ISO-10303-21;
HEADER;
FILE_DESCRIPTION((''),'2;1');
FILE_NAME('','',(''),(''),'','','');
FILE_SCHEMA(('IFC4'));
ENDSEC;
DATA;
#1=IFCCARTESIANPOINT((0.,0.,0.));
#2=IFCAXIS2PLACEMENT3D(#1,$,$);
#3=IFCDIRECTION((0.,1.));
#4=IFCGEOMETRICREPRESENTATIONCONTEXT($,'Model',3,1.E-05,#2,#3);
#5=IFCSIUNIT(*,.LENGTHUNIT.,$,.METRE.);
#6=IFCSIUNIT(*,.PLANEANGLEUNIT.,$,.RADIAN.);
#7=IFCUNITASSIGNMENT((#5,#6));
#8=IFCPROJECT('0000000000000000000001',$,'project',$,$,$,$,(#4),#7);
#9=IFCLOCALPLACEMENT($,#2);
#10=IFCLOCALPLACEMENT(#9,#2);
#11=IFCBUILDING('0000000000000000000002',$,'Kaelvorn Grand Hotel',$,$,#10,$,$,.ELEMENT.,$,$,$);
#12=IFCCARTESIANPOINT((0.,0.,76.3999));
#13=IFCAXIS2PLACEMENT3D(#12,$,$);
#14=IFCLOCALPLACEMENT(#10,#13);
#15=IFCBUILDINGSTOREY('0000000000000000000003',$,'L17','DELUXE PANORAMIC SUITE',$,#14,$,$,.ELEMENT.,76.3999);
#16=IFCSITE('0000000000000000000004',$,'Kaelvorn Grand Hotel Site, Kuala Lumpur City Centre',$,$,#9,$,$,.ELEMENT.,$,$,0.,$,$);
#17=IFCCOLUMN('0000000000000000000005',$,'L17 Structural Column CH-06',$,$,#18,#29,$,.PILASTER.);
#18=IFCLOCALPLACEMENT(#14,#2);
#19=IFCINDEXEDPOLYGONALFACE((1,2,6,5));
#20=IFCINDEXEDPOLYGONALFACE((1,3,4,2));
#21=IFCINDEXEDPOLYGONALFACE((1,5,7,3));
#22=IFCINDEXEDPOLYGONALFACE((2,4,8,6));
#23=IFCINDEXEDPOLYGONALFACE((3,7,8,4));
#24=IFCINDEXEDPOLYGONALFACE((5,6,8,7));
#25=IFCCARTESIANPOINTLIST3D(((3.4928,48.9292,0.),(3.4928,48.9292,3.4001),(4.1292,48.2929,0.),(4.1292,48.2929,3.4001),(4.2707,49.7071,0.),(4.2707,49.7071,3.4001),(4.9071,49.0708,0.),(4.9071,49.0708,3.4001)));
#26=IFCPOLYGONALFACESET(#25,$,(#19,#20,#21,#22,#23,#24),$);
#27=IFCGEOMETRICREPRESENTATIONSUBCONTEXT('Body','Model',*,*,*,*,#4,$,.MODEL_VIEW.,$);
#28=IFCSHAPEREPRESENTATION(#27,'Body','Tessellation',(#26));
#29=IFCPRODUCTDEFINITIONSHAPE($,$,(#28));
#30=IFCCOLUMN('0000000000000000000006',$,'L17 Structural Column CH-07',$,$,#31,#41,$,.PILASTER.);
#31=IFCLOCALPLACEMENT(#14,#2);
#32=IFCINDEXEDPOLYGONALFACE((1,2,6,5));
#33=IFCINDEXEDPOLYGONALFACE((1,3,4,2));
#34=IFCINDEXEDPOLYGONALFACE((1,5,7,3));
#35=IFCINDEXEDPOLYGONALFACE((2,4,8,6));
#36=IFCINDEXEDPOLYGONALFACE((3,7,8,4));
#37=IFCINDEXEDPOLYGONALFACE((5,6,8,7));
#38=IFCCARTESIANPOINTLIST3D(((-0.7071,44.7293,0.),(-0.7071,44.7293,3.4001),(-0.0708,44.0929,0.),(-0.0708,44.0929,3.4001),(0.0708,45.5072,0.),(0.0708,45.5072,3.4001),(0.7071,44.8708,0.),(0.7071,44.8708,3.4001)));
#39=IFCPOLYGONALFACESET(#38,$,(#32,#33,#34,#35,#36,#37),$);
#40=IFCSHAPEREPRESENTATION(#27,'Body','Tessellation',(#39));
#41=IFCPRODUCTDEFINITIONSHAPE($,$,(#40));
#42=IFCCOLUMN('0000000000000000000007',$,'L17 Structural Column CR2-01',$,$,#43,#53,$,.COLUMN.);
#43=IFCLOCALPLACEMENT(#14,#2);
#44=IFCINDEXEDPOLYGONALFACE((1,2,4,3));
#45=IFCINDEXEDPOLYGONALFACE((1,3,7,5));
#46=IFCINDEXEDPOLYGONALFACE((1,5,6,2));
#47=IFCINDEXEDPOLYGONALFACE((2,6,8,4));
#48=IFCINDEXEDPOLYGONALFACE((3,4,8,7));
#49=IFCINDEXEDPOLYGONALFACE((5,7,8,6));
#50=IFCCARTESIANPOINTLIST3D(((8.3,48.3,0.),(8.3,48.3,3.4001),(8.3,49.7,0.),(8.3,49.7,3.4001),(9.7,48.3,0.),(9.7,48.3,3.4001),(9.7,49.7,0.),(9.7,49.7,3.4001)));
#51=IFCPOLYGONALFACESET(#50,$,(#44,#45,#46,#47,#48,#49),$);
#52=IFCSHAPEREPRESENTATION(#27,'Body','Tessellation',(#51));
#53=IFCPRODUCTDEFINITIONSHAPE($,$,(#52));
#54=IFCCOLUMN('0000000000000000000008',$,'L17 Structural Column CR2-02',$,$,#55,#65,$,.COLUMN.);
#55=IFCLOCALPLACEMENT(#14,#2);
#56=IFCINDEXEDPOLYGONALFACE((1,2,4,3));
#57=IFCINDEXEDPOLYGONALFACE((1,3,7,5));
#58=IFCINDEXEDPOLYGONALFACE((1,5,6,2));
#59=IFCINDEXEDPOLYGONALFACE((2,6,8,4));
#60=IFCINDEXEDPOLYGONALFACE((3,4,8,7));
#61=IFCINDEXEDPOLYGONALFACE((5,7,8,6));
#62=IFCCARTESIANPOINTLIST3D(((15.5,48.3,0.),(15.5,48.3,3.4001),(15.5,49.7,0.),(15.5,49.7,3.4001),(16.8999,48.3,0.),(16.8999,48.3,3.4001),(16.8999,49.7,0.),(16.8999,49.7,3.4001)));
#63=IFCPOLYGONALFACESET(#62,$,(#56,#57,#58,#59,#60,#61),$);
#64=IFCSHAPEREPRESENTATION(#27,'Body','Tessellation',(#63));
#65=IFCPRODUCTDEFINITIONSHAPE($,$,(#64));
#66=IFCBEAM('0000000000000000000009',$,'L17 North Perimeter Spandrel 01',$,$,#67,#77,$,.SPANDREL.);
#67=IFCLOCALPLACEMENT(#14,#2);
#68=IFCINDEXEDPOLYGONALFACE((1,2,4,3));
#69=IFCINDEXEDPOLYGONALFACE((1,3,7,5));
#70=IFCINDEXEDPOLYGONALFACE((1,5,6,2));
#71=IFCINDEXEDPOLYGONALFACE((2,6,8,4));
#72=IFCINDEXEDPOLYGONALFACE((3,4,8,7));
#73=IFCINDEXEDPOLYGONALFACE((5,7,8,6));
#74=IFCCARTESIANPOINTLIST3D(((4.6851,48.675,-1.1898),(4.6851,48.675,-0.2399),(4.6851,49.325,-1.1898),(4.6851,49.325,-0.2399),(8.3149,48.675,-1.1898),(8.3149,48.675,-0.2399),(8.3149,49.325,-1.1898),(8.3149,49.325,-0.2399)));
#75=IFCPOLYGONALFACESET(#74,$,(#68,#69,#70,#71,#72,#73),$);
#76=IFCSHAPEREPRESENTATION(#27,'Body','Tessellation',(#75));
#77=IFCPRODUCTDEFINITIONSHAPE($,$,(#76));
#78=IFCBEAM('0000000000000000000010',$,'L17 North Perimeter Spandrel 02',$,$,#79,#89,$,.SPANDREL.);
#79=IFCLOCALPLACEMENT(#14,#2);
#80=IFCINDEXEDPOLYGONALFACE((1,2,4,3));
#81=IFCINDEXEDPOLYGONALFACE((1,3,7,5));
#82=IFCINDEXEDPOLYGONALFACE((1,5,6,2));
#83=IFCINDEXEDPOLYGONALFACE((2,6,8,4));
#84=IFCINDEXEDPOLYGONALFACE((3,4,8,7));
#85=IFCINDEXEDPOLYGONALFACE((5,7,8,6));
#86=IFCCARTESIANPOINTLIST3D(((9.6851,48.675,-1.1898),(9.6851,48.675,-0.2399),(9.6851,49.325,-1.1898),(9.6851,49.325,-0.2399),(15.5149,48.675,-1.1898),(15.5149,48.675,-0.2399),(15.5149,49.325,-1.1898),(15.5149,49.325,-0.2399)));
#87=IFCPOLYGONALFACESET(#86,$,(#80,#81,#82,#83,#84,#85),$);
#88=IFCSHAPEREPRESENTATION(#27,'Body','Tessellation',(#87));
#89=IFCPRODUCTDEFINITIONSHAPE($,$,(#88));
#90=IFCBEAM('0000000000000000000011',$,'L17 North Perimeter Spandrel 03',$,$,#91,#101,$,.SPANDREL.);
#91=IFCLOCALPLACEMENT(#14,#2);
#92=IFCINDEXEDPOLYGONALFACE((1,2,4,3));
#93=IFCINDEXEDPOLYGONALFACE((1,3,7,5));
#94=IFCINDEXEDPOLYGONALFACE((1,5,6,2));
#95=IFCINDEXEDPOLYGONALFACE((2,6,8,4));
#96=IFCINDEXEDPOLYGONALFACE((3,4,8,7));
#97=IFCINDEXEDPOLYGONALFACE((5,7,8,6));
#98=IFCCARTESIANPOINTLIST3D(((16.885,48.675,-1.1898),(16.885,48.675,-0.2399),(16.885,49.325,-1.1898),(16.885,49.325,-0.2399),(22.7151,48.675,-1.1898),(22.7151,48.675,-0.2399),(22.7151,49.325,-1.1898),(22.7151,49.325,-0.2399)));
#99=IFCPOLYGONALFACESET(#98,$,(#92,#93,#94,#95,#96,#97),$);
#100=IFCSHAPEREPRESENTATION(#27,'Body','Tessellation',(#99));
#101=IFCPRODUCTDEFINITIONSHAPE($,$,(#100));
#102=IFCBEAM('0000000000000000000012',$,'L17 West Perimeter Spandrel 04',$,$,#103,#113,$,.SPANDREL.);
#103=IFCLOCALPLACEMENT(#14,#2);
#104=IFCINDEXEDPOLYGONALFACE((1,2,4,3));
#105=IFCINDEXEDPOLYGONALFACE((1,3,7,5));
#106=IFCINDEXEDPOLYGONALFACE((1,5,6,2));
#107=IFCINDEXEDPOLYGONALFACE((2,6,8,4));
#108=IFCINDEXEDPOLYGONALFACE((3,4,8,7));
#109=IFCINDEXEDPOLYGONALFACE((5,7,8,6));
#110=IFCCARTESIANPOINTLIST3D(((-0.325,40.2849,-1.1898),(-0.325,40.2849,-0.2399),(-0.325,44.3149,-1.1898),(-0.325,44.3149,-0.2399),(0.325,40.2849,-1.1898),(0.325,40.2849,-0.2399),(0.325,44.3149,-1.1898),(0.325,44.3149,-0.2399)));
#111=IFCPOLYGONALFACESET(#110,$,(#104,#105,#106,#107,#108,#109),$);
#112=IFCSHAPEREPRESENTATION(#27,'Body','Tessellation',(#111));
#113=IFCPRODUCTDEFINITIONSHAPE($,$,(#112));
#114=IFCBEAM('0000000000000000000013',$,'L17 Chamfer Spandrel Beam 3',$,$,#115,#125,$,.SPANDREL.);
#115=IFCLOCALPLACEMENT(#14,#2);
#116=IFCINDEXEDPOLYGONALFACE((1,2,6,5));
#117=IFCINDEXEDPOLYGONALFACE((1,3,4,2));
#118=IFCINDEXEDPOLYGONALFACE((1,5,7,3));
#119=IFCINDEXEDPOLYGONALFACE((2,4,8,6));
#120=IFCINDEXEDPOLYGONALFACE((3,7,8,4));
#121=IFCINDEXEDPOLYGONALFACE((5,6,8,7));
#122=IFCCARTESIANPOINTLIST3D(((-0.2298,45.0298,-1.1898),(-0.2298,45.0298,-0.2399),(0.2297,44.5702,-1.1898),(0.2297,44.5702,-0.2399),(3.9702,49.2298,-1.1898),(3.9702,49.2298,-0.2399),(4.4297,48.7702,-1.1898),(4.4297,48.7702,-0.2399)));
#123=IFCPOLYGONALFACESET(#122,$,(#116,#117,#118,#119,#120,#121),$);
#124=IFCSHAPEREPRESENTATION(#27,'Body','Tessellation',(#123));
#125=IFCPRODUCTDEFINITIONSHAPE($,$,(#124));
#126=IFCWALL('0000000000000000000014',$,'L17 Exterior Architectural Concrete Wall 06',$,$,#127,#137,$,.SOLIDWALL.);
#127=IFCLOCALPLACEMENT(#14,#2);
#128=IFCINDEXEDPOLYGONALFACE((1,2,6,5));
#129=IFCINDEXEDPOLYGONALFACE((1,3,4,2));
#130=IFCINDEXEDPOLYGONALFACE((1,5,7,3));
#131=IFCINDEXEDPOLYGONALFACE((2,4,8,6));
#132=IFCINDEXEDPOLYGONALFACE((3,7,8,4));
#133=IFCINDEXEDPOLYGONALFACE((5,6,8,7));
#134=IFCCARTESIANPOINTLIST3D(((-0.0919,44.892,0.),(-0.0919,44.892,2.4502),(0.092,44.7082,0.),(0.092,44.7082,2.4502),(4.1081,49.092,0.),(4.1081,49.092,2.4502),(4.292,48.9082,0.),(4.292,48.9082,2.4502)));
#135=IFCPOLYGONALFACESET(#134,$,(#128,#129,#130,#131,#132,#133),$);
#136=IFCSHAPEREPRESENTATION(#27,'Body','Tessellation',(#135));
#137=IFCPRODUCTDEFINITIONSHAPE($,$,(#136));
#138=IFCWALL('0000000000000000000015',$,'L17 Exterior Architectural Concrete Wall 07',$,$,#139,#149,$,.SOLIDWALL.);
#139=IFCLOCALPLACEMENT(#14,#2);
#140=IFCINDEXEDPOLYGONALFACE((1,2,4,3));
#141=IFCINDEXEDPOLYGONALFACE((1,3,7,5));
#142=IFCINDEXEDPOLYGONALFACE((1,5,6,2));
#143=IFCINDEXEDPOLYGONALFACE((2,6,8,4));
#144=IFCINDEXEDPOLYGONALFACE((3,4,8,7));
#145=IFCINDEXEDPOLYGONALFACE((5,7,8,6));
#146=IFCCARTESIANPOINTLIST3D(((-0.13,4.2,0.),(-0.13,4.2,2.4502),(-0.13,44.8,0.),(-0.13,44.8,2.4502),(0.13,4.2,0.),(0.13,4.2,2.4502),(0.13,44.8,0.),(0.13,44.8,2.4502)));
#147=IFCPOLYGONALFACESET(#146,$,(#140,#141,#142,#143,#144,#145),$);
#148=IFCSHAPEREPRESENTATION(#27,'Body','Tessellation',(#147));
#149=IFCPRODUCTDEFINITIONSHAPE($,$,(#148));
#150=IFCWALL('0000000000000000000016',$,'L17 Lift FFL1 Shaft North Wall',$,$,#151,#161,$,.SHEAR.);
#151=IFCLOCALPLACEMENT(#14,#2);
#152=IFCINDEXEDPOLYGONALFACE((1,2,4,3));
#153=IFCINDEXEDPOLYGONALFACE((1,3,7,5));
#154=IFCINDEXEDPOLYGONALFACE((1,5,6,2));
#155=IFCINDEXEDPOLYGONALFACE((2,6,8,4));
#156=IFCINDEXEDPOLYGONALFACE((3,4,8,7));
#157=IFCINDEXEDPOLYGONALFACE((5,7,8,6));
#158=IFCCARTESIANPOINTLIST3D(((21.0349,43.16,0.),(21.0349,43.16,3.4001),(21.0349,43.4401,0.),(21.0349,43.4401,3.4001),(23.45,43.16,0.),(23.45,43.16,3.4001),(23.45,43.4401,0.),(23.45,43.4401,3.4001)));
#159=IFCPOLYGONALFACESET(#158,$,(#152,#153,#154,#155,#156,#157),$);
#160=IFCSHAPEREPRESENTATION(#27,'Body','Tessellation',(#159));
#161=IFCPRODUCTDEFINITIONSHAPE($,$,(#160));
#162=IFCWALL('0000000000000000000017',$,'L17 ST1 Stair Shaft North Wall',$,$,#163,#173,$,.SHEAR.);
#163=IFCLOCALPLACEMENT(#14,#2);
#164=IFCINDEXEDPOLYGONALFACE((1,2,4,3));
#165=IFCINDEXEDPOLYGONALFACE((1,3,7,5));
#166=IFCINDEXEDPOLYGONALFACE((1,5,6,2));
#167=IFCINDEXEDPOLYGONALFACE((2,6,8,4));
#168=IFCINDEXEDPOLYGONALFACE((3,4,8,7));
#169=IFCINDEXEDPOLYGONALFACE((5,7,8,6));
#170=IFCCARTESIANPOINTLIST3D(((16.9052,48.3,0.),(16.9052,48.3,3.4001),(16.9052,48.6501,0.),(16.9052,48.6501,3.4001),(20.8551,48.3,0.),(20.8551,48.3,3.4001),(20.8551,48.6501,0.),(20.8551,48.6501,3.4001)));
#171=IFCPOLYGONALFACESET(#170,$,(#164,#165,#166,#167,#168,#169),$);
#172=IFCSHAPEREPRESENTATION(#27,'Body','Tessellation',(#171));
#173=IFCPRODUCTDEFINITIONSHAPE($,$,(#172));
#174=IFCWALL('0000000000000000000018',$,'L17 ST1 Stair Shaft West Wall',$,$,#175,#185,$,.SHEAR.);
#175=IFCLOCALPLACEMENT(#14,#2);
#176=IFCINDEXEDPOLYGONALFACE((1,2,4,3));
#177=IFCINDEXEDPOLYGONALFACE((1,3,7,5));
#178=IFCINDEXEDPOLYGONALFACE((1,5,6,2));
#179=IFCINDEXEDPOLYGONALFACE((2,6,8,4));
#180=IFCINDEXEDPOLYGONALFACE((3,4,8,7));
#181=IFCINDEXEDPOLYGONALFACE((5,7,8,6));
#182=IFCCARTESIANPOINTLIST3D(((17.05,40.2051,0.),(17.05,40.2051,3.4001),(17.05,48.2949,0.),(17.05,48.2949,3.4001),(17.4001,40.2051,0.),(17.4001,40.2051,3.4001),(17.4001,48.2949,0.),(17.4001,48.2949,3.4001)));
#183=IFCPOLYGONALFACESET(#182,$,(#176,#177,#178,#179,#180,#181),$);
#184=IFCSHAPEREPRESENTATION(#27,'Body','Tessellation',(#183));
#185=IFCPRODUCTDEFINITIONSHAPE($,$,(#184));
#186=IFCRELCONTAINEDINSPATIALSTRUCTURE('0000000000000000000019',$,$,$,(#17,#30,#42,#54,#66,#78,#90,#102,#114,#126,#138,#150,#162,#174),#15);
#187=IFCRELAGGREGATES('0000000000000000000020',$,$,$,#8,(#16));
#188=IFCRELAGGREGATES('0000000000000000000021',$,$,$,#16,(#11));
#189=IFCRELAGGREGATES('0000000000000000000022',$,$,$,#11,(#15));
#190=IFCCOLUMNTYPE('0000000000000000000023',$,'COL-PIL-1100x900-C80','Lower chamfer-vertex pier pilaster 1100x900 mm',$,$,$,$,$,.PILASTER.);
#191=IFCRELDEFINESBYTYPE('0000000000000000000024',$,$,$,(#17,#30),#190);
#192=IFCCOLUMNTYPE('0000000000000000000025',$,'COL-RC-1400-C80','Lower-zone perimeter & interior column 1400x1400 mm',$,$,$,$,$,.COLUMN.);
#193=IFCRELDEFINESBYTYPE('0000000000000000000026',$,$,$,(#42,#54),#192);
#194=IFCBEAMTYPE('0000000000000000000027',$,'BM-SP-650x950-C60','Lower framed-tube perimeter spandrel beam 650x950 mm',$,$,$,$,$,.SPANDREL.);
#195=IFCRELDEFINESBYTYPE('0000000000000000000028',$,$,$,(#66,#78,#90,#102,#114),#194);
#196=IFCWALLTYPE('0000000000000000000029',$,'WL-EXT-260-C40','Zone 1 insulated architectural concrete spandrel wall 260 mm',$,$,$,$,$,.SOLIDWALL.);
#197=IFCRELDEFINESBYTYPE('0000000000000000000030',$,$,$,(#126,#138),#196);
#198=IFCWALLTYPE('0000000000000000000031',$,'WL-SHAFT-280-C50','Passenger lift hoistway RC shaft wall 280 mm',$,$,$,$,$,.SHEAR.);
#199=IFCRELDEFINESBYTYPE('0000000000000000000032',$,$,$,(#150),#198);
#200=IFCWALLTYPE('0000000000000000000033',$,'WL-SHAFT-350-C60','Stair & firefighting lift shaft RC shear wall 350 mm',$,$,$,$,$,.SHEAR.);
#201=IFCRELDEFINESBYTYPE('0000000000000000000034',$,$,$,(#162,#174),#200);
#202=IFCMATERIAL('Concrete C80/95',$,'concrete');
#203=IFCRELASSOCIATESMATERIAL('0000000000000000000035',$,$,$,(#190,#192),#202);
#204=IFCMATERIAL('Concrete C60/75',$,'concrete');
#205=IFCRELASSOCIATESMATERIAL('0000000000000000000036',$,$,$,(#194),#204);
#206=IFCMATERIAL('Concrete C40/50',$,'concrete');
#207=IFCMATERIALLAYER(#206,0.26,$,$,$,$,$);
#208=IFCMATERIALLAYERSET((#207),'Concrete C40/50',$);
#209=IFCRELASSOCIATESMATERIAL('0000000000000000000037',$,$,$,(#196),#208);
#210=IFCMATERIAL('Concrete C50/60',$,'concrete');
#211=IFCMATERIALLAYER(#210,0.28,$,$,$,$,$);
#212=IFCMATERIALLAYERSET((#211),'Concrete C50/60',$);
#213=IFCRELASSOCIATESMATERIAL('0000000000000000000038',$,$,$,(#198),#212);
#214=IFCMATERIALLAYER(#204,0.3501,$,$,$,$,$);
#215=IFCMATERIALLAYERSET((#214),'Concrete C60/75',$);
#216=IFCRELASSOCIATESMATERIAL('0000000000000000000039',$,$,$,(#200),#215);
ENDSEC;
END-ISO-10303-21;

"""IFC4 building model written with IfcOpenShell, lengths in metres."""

from ifc_helpers import new_model, si_unit, direction, frame, frame_2d, origin, origin_2d, place, context, subcontext, project, spatial, rectangle, extrude, material, layer, layer_set, material_profile, profile_set, type_object, element, save


model = new_model("IFC4")

# Units and contexts
model_context = context("Model", 3, precision=1e-05, world=origin(), true_north=direction((0.0, 1.0)))
body_context = subcontext(model_context, "Body", "Model", "MODEL_VIEW")
ifc_project = project(units=[si_unit("LENGTHUNIT", "METRE"), si_unit("PLANEANGLEUNIT", "RADIAN")], contexts=[model_context])

# Site, building, storey
site_placement = place(None, origin())
site = spatial("IfcSite", under=ifc_project, at=site_placement, Name="Kaelvorn Grand Hotel Site, Kuala Lumpur City Centre", CompositionType="ELEMENT", RefElevation=0.0)
building_placement = place(site_placement, origin())
building = spatial("IfcBuilding", under=site, at=building_placement, Name="Kaelvorn Grand Hotel", CompositionType="ELEMENT")
storey_placement = place(building_placement, frame((0.0, 0.0, 76.3999)))
storey = spatial("IfcBuildingStorey", under=building, at=storey_placement, Name="L17", Description="DELUXE PANORAMIC SUITE", CompositionType="ELEMENT", Elevation=76.3999)

# Columns
ifc_material_1 = material(Name="Concrete C80/95", Category="concrete")
ifc_material_profile_1 = material_profile(ifc_material_1, rectangle(XDim=1.1001, YDim=0.8999, at=origin_2d()), Name="RC PILASTER 1100x900")
ifc_profile_set_1 = profile_set([ifc_material_profile_1], Name="Concrete C80/95")
column_type_1 = type_object("IfcColumnType", Name="COL-PIL-1100x900-C80", Description="Lower chamfer-vertex pier pilaster 1100x900 mm", PredefinedType="PILASTER", material=ifc_profile_set_1)
for number, where, z_axis, x_axis, name in (
    (1, (4.2, 49.0, 0.0), (0.0, 0.0, 1.0), (0.707107, 0.707107, 0.0), "L17 Structural Column CH-06"),
    (2, (0.0, 44.8, 0.0), (0.0, 0.0, 1.0), (0.707107, 0.707107, 0.0), "L17 Structural Column CH-07"),
):
    element("IfcColumn", number, at=place(storey_placement, frame(where, z_axis=z_axis, x_axis=x_axis)), inside=storey, type_object=column_type_1, Name=name, PredefinedType="PILASTER", context=body_context, shape_type="SweptSolid", body=[
        extrude(rectangle(XDim=1.1001, YDim=0.8999, at=origin_2d()), origin(), (0.0, 0.0, 1.0), 3.4001),
    ])
ifc_material_profile_2 = material_profile(ifc_material_1, rectangle(XDim=1.3999, YDim=1.3999, at=origin_2d()), Name="RC COL 1400x1400")
ifc_profile_set_2 = profile_set([ifc_material_profile_2], Name="Concrete C80/95")
column_type_2 = type_object("IfcColumnType", Name="COL-RC-1400-C80", Description="Lower-zone perimeter & interior column 1400x1400 mm", PredefinedType="COLUMN", material=ifc_profile_set_2)
for number, where, z_axis, x_axis, name in (
    (3, (9.0, 49.0, 0.0), (0.0, 0.0, 1.0), (1.0, 0.0, 0.0), "L17 Structural Column CR2-01"),
    (4, (16.2, 49.0, 0.0), (0.0, 0.0, 1.0), (1.0, 0.0, 0.0), "L17 Structural Column CR2-02"),
):
    element("IfcColumn", number, at=place(storey_placement, frame(where, z_axis=z_axis, x_axis=x_axis)), inside=storey, type_object=column_type_2, Name=name, PredefinedType="COLUMN", context=body_context, shape_type="SweptSolid", body=[
        extrude(rectangle(XDim=1.3999, YDim=1.3999, at=origin_2d()), origin(), (0.0, 0.0, 1.0), 3.4001),
    ])

# Beams
ifc_material_2 = material(Name="Concrete C60/75", Category="concrete")
ifc_material_profile_3 = material_profile(ifc_material_2, rectangle(XDim=0.6499, YDim=0.95, at=origin_2d()), Name="RC SPANDREL 650x950")
ifc_profile_set_3 = profile_set([ifc_material_profile_3], Name="Concrete C60/75")
beam_type = type_object("IfcBeamType", Name="BM-SP-650x950-C60", Description="Lower framed-tube perimeter spandrel beam 650x950 mm", PredefinedType="SPANDREL", material=ifc_profile_set_3)
beam_1_placement = place(storey_placement, frame((4.6851, 49.0, -0.7148), z_axis=(1.0, 0.0, 0.0), x_axis=(0.0, 1.0, 0.0)))
element("IfcBeam", 5, at=beam_1_placement, inside=storey, type_object=beam_type, Name="L17 North Perimeter Spandrel 01", PredefinedType="SPANDREL", context=body_context, shape_type="SweptSolid", body=[
    extrude(rectangle(XDim=0.6499, YDim=0.95, at=origin_2d()), origin(), (0.0, 0.0, 1.0), 3.6299),
])
beam_2_placement = place(storey_placement, frame((9.6851, 49.0, -0.7148), z_axis=(1.0, 0.0, 0.0), x_axis=(0.0, 1.0, 0.0)))
element("IfcBeam", 6, at=beam_2_placement, inside=storey, type_object=beam_type, Name="L17 North Perimeter Spandrel 02", PredefinedType="SPANDREL", context=body_context, shape_type="SweptSolid", body=[
    extrude(rectangle(XDim=0.6499, YDim=0.95, at=origin_2d()), origin(), (0.0, 0.0, 1.0), 5.8298),
])
beam_3_placement = place(storey_placement, frame((16.885, 49.0, -0.7148), z_axis=(1.0, 0.0, 0.0), x_axis=(0.0, 1.0, 0.0)))
element("IfcBeam", 7, at=beam_3_placement, inside=storey, type_object=beam_type, Name="L17 North Perimeter Spandrel 03", PredefinedType="SPANDREL", context=body_context, shape_type="SweptSolid", body=[
    extrude(rectangle(XDim=0.6499, YDim=0.95, at=origin_2d()), origin(), (0.0, 0.0, 1.0), 5.8301),
])
beam_4_placement = place(storey_placement, frame((0.0, 40.2849, -0.7148), z_axis=(0.0, 1.0, 0.0), x_axis=(-1.0, 0.0, 0.0)))
element("IfcBeam", 8, at=beam_4_placement, inside=storey, type_object=beam_type, Name="L17 West Perimeter Spandrel 04", PredefinedType="SPANDREL", context=body_context, shape_type="SweptSolid", body=[
    extrude(rectangle(XDim=0.6499, YDim=0.95, at=origin_2d()), origin(), (0.0, 0.0, 1.0), 4.03),
])
beam_5_placement = place(storey_placement, frame((4.2, 49.0, -0.7148), z_axis=(-0.707107, -0.707107, 0.0), x_axis=(0.707107, -0.707107, 0.0)))
element("IfcBeam", 9, at=beam_5_placement, inside=storey, type_object=beam_type, Name="L17 Chamfer Spandrel Beam 3", PredefinedType="SPANDREL", context=body_context, shape_type="SweptSolid", body=[
    extrude(rectangle(XDim=0.6499, YDim=0.95, at=origin_2d()), origin(), (0.0, 0.0, 1.0), 5.9397),
])

# Walls
ifc_material_3 = material(Name="Concrete C40/50", Category="concrete")
ifc_layer_1 = layer(ifc_material_3, 0.26)
ifc_layer_set_1 = layer_set([ifc_layer_1], Name="Concrete C40/50")
wall_type_1 = type_object("IfcWallType", Name="WL-EXT-260-C40", Description="Zone 1 insulated architectural concrete spandrel wall 260 mm", PredefinedType="SOLIDWALL", material=ifc_layer_set_1)
wall_1_placement = place(storey_placement, frame((4.2, 49.0, 0.0), z_axis=(0.0, 0.0, 1.0), x_axis=(-0.707107, -0.707107, 0.0)))
element("IfcWall", 10, at=wall_1_placement, inside=storey, type_object=wall_type_1, Name="L17 Exterior Architectural Concrete Wall 06", PredefinedType="SOLIDWALL", context=body_context, shape_type="SweptSolid", body=[
    extrude(rectangle(XDim=5.9397, YDim=0.26, at=frame_2d((2.9697, 0.0))), origin(), (0.0, 0.0, 1.0), 2.4502),
])
wall_2_placement = place(storey_placement, frame((0.0, 44.8, 0.0), z_axis=(0.0, 0.0, 1.0), x_axis=(0.0, -1.0, 0.0)))
element("IfcWall", 11, at=wall_2_placement, inside=storey, type_object=wall_type_1, Name="L17 Exterior Architectural Concrete Wall 07", PredefinedType="SOLIDWALL", context=body_context, shape_type="SweptSolid", body=[
    extrude(rectangle(XDim=40.6001, YDim=0.26, at=frame_2d((20.3, 0.0))), origin(), (0.0, 0.0, 1.0), 2.4502),
])
ifc_material_4 = material(Name="Concrete C50/60", Category="concrete")
ifc_layer_2 = layer(ifc_material_4, 0.28)
ifc_layer_set_2 = layer_set([ifc_layer_2], Name="Concrete C50/60")
wall_type_2 = type_object("IfcWallType", Name="WL-SHAFT-280-C50", Description="Passenger lift hoistway RC shaft wall 280 mm", PredefinedType="SHEAR", material=ifc_layer_set_2)
wall_3_placement = place(storey_placement, frame((21.0349, 43.3, 0.0), z_axis=(0.0, 0.0, 1.0), x_axis=(1.0, 0.0, 0.0)))
element("IfcWall", 12, at=wall_3_placement, inside=storey, type_object=wall_type_2, Name="L17 Lift FFL1 Shaft North Wall", PredefinedType="SHEAR", context=body_context, shape_type="SweptSolid", body=[
    extrude(rectangle(XDim=2.415, YDim=0.28, at=frame_2d((1.2075, 0.0))), origin(), (0.0, 0.0, 1.0), 3.4001),
])
ifc_layer_3 = layer(ifc_material_2, 0.3501)
ifc_layer_set_3 = layer_set([ifc_layer_3], Name="Concrete C60/75")
wall_type_3 = type_object("IfcWallType", Name="WL-SHAFT-350-C60", Description="Stair & firefighting lift shaft RC shear wall 350 mm", PredefinedType="SHEAR", material=ifc_layer_set_3)
wall_4_placement = place(storey_placement, frame((16.905, 48.4751, 0.0), z_axis=(0.0, 0.0, 1.0), x_axis=(1.0, 0.0, 0.0)))
element("IfcWall", 13, at=wall_4_placement, inside=storey, type_object=wall_type_3, Name="L17 ST1 Stair Shaft North Wall", PredefinedType="SHEAR", context=body_context, shape_type="SweptSolid", body=[
    extrude(rectangle(XDim=3.95, YDim=0.3501, at=frame_2d((1.9751, 0.0))), origin(), (0.0, 0.0, 1.0), 3.4001),
])
for number, where, z_axis, x_axis, name in (
    (14, (17.2251, 40.2051, 0.0), (0.0, 0.0, 1.0), (0.0, 1.0, 0.0), "L17 ST1 Stair Shaft West Wall"),
):
    element("IfcWall", number, at=place(storey_placement, frame(where, z_axis=z_axis, x_axis=x_axis)), inside=storey, type_object=wall_type_3, Name=name, PredefinedType="SHEAR", context=body_context, shape_type="SweptSolid", body=[
        extrude(rectangle(XDim=8.0898, YDim=0.3501, at=frame_2d((4.0449, 0.0))), origin(), (0.0, 0.0, 1.0), 3.4001),
    ])

save(model, "model.ifc")
